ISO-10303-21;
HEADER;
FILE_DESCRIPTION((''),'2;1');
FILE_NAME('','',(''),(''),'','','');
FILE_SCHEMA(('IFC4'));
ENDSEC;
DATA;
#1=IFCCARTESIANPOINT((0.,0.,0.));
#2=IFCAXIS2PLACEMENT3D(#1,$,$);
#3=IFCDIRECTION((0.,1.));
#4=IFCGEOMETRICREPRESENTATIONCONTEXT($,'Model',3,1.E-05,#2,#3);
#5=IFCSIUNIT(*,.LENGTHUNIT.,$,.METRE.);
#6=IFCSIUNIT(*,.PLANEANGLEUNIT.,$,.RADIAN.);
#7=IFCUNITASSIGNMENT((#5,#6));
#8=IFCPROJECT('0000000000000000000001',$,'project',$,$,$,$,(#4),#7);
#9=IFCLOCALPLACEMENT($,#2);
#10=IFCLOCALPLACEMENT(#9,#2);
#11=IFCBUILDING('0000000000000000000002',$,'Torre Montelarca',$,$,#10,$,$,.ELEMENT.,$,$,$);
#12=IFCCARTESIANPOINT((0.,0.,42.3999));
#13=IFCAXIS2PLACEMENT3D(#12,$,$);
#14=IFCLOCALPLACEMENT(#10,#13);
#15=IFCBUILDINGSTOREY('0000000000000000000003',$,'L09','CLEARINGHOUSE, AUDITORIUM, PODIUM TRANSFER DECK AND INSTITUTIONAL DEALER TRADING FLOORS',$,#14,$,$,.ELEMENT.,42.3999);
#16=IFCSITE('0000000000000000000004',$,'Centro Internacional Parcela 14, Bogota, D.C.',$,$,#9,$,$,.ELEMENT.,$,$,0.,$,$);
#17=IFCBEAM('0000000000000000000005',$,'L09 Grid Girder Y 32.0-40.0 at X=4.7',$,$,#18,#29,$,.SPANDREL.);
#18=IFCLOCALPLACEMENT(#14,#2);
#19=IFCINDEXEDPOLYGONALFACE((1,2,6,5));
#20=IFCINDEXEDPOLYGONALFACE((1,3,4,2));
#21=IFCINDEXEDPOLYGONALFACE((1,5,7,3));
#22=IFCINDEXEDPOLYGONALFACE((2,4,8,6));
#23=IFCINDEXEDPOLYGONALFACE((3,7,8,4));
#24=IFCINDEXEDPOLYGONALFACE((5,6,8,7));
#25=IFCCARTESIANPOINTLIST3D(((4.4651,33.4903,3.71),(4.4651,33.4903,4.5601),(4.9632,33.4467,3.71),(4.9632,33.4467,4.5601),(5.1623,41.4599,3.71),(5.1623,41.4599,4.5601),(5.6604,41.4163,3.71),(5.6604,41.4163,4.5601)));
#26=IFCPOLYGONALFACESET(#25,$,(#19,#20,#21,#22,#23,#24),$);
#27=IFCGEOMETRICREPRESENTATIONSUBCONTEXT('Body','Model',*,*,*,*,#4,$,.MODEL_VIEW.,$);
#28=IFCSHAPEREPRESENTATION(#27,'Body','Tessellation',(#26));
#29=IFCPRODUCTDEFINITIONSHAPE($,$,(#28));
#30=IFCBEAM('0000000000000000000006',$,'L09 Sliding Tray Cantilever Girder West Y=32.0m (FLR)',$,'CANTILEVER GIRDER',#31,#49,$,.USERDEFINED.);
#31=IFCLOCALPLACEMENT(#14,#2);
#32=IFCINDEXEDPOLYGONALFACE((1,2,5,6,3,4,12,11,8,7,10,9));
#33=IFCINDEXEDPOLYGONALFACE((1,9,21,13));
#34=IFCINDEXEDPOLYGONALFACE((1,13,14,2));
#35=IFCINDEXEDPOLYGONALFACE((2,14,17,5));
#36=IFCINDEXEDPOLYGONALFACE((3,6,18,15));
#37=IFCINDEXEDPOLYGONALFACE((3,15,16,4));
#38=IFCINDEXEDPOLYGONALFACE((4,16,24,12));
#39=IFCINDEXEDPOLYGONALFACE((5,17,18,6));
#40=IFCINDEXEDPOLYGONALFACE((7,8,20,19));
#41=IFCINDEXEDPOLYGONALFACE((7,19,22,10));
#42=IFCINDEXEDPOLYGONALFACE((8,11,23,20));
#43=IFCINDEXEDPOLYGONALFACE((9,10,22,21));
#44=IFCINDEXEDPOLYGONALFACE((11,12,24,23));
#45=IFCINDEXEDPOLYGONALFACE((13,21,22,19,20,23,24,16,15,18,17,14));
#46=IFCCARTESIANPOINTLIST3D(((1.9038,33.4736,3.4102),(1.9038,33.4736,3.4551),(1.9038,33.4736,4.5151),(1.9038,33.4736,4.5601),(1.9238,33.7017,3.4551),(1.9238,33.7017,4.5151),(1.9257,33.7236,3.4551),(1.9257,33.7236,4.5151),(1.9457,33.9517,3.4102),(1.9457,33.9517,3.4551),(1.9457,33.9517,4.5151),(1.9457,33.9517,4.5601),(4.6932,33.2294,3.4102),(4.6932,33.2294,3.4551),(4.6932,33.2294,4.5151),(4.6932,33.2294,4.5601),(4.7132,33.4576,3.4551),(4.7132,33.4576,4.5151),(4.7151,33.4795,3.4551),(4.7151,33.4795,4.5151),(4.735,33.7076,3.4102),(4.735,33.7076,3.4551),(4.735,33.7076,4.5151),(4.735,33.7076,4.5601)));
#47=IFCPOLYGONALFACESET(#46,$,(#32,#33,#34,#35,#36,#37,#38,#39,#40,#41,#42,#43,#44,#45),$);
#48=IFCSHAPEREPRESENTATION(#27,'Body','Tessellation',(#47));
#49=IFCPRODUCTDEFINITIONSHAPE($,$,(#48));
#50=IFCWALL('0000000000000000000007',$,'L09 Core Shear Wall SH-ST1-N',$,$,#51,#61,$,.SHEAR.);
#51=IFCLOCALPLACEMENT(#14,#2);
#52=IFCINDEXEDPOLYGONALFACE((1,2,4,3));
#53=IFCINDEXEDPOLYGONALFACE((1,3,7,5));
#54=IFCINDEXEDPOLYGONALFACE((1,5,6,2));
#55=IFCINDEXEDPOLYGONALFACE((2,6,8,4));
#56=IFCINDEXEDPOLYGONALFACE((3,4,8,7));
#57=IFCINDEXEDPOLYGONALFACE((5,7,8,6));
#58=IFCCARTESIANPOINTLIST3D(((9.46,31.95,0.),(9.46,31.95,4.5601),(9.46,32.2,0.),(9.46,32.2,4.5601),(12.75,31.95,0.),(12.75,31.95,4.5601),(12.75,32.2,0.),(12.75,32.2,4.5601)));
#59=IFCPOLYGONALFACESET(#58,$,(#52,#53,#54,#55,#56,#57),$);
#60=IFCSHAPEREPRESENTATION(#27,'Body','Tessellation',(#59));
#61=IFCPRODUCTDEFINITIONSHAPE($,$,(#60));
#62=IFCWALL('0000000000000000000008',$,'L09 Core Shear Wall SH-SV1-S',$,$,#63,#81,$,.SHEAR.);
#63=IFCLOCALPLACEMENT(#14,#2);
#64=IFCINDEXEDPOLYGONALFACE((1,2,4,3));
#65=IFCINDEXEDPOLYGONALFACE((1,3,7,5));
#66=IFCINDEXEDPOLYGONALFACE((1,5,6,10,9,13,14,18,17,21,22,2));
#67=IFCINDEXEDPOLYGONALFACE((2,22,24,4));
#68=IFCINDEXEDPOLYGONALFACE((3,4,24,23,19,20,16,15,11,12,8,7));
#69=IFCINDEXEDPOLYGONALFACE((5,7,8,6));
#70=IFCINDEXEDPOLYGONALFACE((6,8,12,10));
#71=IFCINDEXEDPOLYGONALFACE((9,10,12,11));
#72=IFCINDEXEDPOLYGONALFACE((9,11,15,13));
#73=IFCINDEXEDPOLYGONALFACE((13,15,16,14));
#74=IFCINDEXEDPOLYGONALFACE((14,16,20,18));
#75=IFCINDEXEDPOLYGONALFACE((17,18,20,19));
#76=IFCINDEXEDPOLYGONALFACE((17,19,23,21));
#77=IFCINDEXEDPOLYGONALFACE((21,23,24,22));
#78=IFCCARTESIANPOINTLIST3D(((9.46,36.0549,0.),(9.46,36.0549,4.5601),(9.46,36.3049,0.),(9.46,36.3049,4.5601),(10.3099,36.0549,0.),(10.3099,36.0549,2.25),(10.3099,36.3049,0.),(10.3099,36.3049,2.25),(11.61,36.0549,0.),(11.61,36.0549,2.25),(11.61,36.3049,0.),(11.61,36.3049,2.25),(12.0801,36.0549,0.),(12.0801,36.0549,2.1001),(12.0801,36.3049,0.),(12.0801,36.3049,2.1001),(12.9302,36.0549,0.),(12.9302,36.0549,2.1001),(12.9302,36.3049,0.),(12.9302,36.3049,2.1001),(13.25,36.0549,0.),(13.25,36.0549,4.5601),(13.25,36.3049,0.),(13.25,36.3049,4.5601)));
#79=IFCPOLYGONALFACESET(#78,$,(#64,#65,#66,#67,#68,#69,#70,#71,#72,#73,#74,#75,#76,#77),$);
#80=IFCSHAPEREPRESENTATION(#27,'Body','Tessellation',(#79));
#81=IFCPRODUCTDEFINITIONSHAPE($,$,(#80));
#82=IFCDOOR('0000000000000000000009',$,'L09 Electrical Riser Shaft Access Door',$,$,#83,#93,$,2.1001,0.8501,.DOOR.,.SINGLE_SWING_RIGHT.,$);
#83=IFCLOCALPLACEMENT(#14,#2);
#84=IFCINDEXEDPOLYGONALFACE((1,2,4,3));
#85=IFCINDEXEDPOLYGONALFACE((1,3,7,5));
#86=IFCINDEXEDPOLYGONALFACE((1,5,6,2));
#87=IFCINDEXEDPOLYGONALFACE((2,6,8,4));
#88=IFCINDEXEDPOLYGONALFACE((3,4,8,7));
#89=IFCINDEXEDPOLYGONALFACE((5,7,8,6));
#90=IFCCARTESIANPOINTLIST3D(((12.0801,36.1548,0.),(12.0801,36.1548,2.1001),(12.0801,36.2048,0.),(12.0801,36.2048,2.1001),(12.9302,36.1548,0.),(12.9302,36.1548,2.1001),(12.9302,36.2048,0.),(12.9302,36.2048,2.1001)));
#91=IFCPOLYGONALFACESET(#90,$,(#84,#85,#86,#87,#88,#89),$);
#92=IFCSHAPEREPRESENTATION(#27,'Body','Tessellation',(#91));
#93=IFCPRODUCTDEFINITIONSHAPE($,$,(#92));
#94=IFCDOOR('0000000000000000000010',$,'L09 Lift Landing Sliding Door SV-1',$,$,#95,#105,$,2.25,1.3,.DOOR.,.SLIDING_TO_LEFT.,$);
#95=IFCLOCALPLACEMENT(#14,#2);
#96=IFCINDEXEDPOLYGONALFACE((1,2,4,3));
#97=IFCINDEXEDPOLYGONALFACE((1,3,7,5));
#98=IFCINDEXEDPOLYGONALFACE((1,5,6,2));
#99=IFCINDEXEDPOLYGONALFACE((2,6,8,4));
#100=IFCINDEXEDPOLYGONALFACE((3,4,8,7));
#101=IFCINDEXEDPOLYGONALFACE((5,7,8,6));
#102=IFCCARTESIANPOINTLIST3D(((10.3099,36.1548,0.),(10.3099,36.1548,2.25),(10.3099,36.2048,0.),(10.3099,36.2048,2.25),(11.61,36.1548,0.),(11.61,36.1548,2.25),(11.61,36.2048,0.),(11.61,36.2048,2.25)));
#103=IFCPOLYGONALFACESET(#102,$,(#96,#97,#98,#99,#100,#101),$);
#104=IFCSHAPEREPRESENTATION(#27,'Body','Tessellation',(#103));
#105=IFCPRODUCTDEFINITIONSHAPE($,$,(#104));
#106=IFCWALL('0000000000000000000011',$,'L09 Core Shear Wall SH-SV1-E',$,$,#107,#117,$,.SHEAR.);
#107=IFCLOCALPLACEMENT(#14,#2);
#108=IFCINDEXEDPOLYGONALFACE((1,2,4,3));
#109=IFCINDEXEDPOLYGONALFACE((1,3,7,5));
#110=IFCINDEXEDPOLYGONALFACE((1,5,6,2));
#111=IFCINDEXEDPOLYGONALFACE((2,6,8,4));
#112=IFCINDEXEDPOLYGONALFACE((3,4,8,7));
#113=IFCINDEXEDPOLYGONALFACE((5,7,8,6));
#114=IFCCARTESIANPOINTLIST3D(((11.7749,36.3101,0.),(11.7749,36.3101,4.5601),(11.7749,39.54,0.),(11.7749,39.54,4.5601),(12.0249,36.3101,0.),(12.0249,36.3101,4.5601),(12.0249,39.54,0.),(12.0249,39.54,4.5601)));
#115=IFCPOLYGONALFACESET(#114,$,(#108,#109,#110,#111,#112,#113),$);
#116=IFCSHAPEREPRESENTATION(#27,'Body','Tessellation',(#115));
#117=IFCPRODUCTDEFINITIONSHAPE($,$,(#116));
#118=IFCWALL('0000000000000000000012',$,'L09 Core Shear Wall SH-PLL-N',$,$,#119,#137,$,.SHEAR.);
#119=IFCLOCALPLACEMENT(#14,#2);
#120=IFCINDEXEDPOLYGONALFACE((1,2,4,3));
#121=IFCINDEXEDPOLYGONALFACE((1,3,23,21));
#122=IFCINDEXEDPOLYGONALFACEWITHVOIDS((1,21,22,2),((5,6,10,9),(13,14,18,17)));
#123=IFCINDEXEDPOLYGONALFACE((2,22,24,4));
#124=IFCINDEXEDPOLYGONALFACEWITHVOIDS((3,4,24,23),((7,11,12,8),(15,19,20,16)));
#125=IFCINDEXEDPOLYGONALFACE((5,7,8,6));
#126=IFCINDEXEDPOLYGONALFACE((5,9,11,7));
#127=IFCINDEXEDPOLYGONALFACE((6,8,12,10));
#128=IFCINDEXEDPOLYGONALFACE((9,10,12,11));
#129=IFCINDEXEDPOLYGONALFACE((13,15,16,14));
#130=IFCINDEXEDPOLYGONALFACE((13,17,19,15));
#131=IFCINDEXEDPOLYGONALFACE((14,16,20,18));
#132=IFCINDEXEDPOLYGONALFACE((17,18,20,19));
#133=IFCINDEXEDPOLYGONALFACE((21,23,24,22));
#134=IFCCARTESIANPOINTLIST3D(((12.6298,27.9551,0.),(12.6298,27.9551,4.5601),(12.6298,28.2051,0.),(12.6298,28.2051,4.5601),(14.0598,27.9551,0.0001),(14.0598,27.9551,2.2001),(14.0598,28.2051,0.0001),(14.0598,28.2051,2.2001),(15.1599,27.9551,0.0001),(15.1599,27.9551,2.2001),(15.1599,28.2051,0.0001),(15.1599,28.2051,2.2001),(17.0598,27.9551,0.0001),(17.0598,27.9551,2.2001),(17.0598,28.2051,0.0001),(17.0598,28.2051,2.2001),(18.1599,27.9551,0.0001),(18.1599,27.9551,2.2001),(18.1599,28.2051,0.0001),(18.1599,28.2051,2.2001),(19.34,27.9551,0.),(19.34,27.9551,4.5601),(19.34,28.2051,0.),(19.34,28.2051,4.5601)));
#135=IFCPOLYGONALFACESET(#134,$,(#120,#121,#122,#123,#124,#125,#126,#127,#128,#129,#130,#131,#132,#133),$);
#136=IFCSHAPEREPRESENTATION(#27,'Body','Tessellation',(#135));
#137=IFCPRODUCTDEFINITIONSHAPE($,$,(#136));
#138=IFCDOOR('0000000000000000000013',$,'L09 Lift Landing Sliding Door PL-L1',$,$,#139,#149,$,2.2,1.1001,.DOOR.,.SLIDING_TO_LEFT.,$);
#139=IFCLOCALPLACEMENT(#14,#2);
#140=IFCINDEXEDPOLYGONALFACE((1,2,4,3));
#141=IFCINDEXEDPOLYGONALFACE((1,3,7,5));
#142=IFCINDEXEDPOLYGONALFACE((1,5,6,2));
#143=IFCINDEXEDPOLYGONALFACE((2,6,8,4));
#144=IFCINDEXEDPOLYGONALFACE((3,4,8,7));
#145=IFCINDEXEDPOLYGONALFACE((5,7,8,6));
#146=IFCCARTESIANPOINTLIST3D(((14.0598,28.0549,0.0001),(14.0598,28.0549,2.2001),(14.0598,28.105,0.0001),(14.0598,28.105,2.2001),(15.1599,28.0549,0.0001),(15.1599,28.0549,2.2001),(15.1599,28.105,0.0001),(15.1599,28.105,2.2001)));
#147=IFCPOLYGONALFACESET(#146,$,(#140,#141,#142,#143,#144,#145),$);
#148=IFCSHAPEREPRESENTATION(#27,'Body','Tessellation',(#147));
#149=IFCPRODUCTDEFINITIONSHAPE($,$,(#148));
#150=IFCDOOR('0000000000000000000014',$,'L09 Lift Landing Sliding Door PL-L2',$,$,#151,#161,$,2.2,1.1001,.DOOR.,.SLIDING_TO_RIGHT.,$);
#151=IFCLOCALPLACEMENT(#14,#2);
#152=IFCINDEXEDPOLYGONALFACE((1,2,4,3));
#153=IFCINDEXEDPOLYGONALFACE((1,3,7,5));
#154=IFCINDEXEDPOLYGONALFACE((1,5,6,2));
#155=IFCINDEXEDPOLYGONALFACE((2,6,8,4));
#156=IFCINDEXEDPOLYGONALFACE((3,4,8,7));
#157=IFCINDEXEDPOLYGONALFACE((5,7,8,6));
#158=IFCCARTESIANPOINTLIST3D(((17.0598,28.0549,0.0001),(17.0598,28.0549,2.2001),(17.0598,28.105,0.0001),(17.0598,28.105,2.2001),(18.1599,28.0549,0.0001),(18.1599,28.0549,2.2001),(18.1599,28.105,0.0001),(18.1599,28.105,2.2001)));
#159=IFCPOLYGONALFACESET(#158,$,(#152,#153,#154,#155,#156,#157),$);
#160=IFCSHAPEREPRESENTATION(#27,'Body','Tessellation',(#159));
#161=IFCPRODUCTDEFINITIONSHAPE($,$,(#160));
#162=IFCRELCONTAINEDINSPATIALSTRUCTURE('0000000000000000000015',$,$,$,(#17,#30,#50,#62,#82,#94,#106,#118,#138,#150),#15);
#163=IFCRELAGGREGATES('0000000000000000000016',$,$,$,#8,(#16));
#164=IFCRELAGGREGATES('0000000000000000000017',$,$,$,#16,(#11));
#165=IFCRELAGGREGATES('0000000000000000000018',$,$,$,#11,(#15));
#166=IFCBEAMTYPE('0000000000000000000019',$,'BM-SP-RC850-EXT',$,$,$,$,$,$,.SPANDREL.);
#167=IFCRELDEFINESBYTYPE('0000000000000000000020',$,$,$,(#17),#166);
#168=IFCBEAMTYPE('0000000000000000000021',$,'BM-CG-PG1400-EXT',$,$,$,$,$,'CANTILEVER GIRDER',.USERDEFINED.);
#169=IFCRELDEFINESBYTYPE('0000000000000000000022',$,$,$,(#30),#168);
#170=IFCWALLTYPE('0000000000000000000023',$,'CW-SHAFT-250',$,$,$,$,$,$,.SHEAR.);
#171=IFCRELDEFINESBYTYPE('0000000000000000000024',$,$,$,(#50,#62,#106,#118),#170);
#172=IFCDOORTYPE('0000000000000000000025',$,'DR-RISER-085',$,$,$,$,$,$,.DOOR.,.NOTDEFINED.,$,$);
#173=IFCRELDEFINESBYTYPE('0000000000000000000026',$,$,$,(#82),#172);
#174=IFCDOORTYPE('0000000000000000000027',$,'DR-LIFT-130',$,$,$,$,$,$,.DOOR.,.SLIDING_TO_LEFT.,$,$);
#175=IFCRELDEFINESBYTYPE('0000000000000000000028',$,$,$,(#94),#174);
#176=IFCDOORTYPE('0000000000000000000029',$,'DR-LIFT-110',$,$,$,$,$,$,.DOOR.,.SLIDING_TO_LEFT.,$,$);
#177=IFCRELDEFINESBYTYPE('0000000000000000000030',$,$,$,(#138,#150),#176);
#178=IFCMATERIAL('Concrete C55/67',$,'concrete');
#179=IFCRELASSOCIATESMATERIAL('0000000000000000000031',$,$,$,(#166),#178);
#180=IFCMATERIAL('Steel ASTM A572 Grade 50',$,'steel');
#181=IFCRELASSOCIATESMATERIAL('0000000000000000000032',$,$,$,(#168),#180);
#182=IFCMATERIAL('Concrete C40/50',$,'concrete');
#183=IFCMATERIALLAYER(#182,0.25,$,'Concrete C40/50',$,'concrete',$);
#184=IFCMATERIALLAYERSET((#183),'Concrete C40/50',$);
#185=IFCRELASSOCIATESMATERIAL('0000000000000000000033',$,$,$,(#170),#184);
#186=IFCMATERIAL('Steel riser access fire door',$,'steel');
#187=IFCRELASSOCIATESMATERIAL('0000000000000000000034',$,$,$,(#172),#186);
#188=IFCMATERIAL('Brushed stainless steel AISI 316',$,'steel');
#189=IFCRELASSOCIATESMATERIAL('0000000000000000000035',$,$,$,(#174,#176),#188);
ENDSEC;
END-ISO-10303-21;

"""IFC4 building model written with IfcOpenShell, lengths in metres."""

from ifc_helpers import new_model, si_unit, direction, frame, frame_2d, origin, origin_2d, place, context, subcontext, project, spatial, rectangle, i_section, extrude, source, transform, mapped, material, layer, layer_set, material_profile, profile_set, type_object, element, fill, save


model = new_model("IFC4")

# Units and contexts
model_context = context("Model", 3, precision=1e-05, world=origin(), true_north=direction((0.0, 1.0)))
body_context = subcontext(model_context, "Body", "Model", "MODEL_VIEW")
ifc_project = project(units=[si_unit("LENGTHUNIT", "METRE"), si_unit("PLANEANGLEUNIT", "RADIAN")], contexts=[model_context])

# Site, building, storey
site_placement = place(None, origin())
site = spatial("IfcSite", under=ifc_project, at=site_placement, Name="Centro Internacional Parcela 14, Bogota, D.C.", CompositionType="ELEMENT", RefElevation=0.0)
building_placement = place(site_placement, origin())
building = spatial("IfcBuilding", under=site, at=building_placement, Name="Torre Montelarca", CompositionType="ELEMENT")
storey_placement = place(building_placement, frame((0.0, 0.0, 42.3999)))
storey = spatial("IfcBuildingStorey", under=building, at=storey_placement, Name="L09", Description="CLEARINGHOUSE, AUDITORIUM, PODIUM TRANSFER DECK AND INSTITUTIONAL DEALER TRADING FLOORS", CompositionType="ELEMENT", Elevation=42.3999)

# Beams
ifc_material_1 = material(Name="Concrete C55/67", Category="concrete")
ifc_material_profile_1 = material_profile(ifc_material_1, rectangle(XDim=0.5, YDim=0.8501, at=origin_2d()), Name="RCB500X850", Category="concrete")
ifc_profile_set_1 = profile_set([ifc_material_profile_1], Name="Concrete C55/67")
beam_type_1 = type_object("IfcBeamType", Name="BM-SP-RC850-EXT", PredefinedType="SPANDREL", material=ifc_profile_set_1)
shared_shape_1 = source(origin(), body_context, "Body", "SweptSolid", [
    extrude(rectangle(XDim=0.5, YDim=0.8501, at=origin_2d()), origin(), (0.0, 0.0, 1.0), 8.0),
])
beam_1_placement = place(storey_placement, frame((4.7141, 33.4685, 4.135), z_axis=(0.087159, 0.996194, 0.0), x_axis=(-0.996194, 0.087159, 0.0)))
element("IfcBeam", 1, at=beam_1_placement, inside=storey, type_object=beam_type_1, Name="L09 Grid Girder Y 32.0-40.0 at X=4.7", PredefinedType="SPANDREL", context=body_context, shape_type="MappedRepresentation", body=[
    mapped(shared_shape_1, transform((0.0, 0.0, 0.0), scale=1.0)),
])
ifc_material_2 = material(Name="Steel ASTM A572 Grade 50", Category="steel")
ifc_material_profile_2 = material_profile(ifc_material_2, i_section(OverallWidth=0.48, OverallDepth=1.1499, WebThickness=0.022, FlangeThickness=0.0449, at=origin_2d()), Name="PG1150X480X22X45", Category="steel")
ifc_profile_set_2 = profile_set([ifc_material_profile_2], Name="Steel ASTM A572 Grade 50")
beam_type_2 = type_object("IfcBeamType", Name="BM-CG-PG1400-EXT", ElementType="CANTILEVER GIRDER", PredefinedType="USERDEFINED", material=ifc_profile_set_2)
shared_shape_2 = source(origin(), body_context, "Body", "SweptSolid", [
    extrude(i_section(OverallWidth=0.48, OverallDepth=1.1499, WebThickness=0.022, FlangeThickness=0.0449, at=origin_2d()), origin(), (0.0, 0.0, 1.0), 2.8),
])
beam_2_placement = place(storey_placement, frame((4.7141, 33.4685, 3.9851), z_axis=(-0.996191, 0.087194, 0.0), x_axis=(-0.087194, -0.996191, 0.0)))
element("IfcBeam", 2, at=beam_2_placement, inside=storey, type_object=beam_type_2, Name="L09 Sliding Tray Cantilever Girder West Y=32.0m (FLR)", ObjectType="CANTILEVER GIRDER", PredefinedType="USERDEFINED", context=body_context, shape_type="MappedRepresentation", body=[
    mapped(shared_shape_2, transform((0.0, 0.0, 0.0), scale=1.0)),
])

# Wall
ifc_material_3 = material(Name="Concrete C40/50", Category="concrete")
ifc_layer_1 = layer(ifc_material_3, 0.25, Name="Concrete C40/50", Category="concrete")
ifc_layer_set_1 = layer_set([ifc_layer_1], Name="Concrete C40/50")
wall_type_1 = type_object("IfcWallType", Name="CW-SHAFT-250", PredefinedType="SHEAR", material=ifc_layer_set_1)
wall_1_placement = place(storey_placement, frame((9.46, 32.075, 0.0), z_axis=(0.0, 0.0, 1.0), x_axis=(1.0, 0.0, 0.0)))
element("IfcWall", 3, at=wall_1_placement, inside=storey, type_object=wall_type_1, Name="L09 Core Shear Wall SH-ST1-N", PredefinedType="SHEAR", context=body_context, shape_type="SweptSolid", body=[
    extrude(rectangle(XDim=3.29, YDim=0.25, at=frame_2d((1.645, 0.0))), origin(), (0.0, 0.0, 1.0), 4.5601),
])

# Wall, openings, doors
wall_2_placement = place(storey_placement, frame((9.46, 36.1799, 0.0), z_axis=(0.0, 0.0, 1.0), x_axis=(1.0, 0.0, 0.0)))
wall_2 = element("IfcWall", 4, at=wall_2_placement, inside=storey, type_object=wall_type_1, Name="L09 Core Shear Wall SH-SV1-S", PredefinedType="SHEAR", context=body_context, shape_type="SweptSolid", body=[
    extrude(rectangle(XDim=3.79, YDim=0.25, at=frame_2d((1.895, 0.0))), origin(), (0.0, 0.0, 1.0), 4.5601),
])
opening_1_placement = place(wall_2_placement, frame((2.6201, 0.0, 0.0)))
opening_1 = element("IfcOpeningElement", 5, at=opening_1_placement, cuts=wall_2, PredefinedType="OPENING", context=body_context, shape_type="SweptSolid", body=[
    extrude(rectangle(XDim=0.8501, YDim=2.1001, at=frame_2d((0.425, 1.05))), frame((0.0, 0.135, 0.0), z_axis=(0.0, -1.0, 0.0), x_axis=(1.0, 0.0, 0.0)), (0.0, 0.0, 1.0), 0.27),
])
opening_2_placement = place(wall_2_placement, frame((0.8501, 0.0, 0.0)))
opening_2 = element("IfcOpeningElement", 6, at=opening_2_placement, cuts=wall_2, PredefinedType="OPENING", context=body_context, shape_type="SweptSolid", body=[
    extrude(rectangle(XDim=1.3, YDim=2.25, at=frame_2d((0.6499, 1.125))), frame((0.0, 0.135, 0.0), z_axis=(0.0, -1.0, 0.0), x_axis=(1.0, 0.0, 0.0)), (0.0, 0.0, 1.0), 0.27),
])
ifc_material_4 = material(Name="Steel riser access fire door", Category="steel")
door_type_1 = type_object("IfcDoorType", Name="DR-RISER-085", OperationType="NOTDEFINED", PredefinedType="DOOR", material=ifc_material_4)
shared_shape_3 = source(origin(), body_context, "Body", "SweptSolid", [
    extrude(rectangle(XDim=0.8501, YDim=2.1001, at=frame_2d((0.425, 1.05))), frame((0.0, 0.0249, 0.0), z_axis=(0.0, -1.0, 0.0), x_axis=(1.0, 0.0, 0.0)), (0.0, 0.0, 1.0), 0.05),
])
door_1_placement = place(opening_1_placement, origin())
door_1 = element("IfcDoor", 7, at=door_1_placement, inside=storey, type_object=door_type_1, Name="L09 Electrical Riser Shaft Access Door", OperationType="SINGLE_SWING_RIGHT", OverallHeight=2.1001, OverallWidth=0.8501, PredefinedType="DOOR", context=body_context, shape_type="MappedRepresentation", body=[
    mapped(shared_shape_3, transform((0.0, 0.0, 0.0), scale=1.0)),
])
fill(opening_1, door_1)
ifc_material_5 = material(Name="Brushed stainless steel AISI 316", Category="steel")
door_type_2 = type_object("IfcDoorType", Name="DR-LIFT-130", OperationType="SLIDING_TO_LEFT", PredefinedType="DOOR", material=ifc_material_5)
shared_shape_4 = source(origin(), body_context, "Body", "SweptSolid", [
    extrude(rectangle(XDim=1.3, YDim=2.25, at=frame_2d((0.6499, 1.125))), frame((0.0, 0.0249, 0.0), z_axis=(0.0, -1.0, 0.0), x_axis=(1.0, 0.0, 0.0)), (0.0, 0.0, 1.0), 0.05),
])
door_2_placement = place(opening_2_placement, origin())
door_2 = element("IfcDoor", 8, at=door_2_placement, inside=storey, type_object=door_type_2, Name="L09 Lift Landing Sliding Door SV-1", OperationType="SLIDING_TO_LEFT", OverallHeight=2.25, OverallWidth=1.3, PredefinedType="DOOR", context=body_context, shape_type="MappedRepresentation", body=[
    mapped(shared_shape_4, transform((0.0, 0.0, 0.0), scale=1.0)),
])
fill(opening_2, door_2)

# Wall
wall_3_placement = place(storey_placement, frame((11.8999, 36.3101, 0.0), z_axis=(0.0, 0.0, 1.0), x_axis=(0.0, 1.0, 0.0)))
element("IfcWall", 9, at=wall_3_placement, inside=storey, type_object=wall_type_1, Name="L09 Core Shear Wall SH-SV1-E", PredefinedType="SHEAR", context=body_context, shape_type="SweptSolid", body=[
    extrude(rectangle(XDim=3.23, YDim=0.25, at=frame_2d((1.615, 0.0))), origin(), (0.0, 0.0, 1.0), 4.5601),
])

# Wall, openings, doors
wall_4_placement = place(storey_placement, frame((12.6299, 28.0801, 0.0), z_axis=(0.0, 0.0, 1.0), x_axis=(1.0, 0.0, 0.0)))
wall_4 = element("IfcWall", 10, at=wall_4_placement, inside=storey, type_object=wall_type_1, Name="L09 Core Shear Wall SH-PLL-N", PredefinedType="SHEAR", context=body_context, shape_type="SweptSolid", body=[
    extrude(rectangle(XDim=6.7102, YDim=0.25, at=frame_2d((3.355, 0.0))), origin(), (0.0, 0.0, 1.0), 4.5601),
])
opening_3_placement = place(wall_4_placement, frame((1.4299, 0.0, 0.0)))
opening_3 = element("IfcOpeningElement", 11, at=opening_3_placement, cuts=wall_4, PredefinedType="OPENING", context=body_context, shape_type="SweptSolid", body=[
    extrude(rectangle(XDim=1.1001, YDim=2.2, at=frame_2d((0.55, 1.1001))), frame((0.0, 0.135, 0.0), z_axis=(0.0, -1.0, 0.0), x_axis=(1.0, 0.0, 0.0)), (0.0, 0.0, 1.0), 0.27),
])
opening_4_placement = place(wall_4_placement, frame((4.4299, 0.0, 0.0)))
opening_4 = element("IfcOpeningElement", 12, at=opening_4_placement, cuts=wall_4, PredefinedType="OPENING", context=body_context, shape_type="SweptSolid", body=[
    extrude(rectangle(XDim=1.1001, YDim=2.2, at=frame_2d((0.55, 1.1001))), frame((0.0, 0.135, 0.0), z_axis=(0.0, -1.0, 0.0), x_axis=(1.0, 0.0, 0.0)), (0.0, 0.0, 1.0), 0.27),
])
door_type_3 = type_object("IfcDoorType", Name="DR-LIFT-110", OperationType="SLIDING_TO_LEFT", PredefinedType="DOOR", material=ifc_material_5)
shared_shape_5 = source(origin(), body_context, "Body", "SweptSolid", [
    extrude(rectangle(XDim=1.1001, YDim=2.2, at=frame_2d((0.55, 1.1001))), frame((0.0, 0.0249, 0.0), z_axis=(0.0, -1.0, 0.0), x_axis=(1.0, 0.0, 0.0)), (0.0, 0.0, 1.0), 0.05),
])
door_3_placement = place(opening_3_placement, origin())
door_3 = element("IfcDoor", 13, at=door_3_placement, inside=storey, type_object=door_type_3, Name="L09 Lift Landing Sliding Door PL-L1", OperationType="SLIDING_TO_LEFT", OverallHeight=2.2, OverallWidth=1.1001, PredefinedType="DOOR", context=body_context, shape_type="MappedRepresentation", body=[
    mapped(shared_shape_5, transform((0.0, 0.0, 0.0), scale=1.0)),
])
fill(opening_3, door_3)
door_4_placement = place(opening_4_placement, origin())
door_4 = element("IfcDoor", 14, at=door_4_placement, inside=storey, type_object=door_type_3, Name="L09 Lift Landing Sliding Door PL-L2", OperationType="SLIDING_TO_RIGHT", OverallHeight=2.2, OverallWidth=1.1001, PredefinedType="DOOR", context=body_context, shape_type="MappedRepresentation", body=[
    mapped(shared_shape_5, transform((0.0, 0.0, 0.0), scale=1.0)),
])
fill(opening_4, door_4)

save(model, "model.ifc")
